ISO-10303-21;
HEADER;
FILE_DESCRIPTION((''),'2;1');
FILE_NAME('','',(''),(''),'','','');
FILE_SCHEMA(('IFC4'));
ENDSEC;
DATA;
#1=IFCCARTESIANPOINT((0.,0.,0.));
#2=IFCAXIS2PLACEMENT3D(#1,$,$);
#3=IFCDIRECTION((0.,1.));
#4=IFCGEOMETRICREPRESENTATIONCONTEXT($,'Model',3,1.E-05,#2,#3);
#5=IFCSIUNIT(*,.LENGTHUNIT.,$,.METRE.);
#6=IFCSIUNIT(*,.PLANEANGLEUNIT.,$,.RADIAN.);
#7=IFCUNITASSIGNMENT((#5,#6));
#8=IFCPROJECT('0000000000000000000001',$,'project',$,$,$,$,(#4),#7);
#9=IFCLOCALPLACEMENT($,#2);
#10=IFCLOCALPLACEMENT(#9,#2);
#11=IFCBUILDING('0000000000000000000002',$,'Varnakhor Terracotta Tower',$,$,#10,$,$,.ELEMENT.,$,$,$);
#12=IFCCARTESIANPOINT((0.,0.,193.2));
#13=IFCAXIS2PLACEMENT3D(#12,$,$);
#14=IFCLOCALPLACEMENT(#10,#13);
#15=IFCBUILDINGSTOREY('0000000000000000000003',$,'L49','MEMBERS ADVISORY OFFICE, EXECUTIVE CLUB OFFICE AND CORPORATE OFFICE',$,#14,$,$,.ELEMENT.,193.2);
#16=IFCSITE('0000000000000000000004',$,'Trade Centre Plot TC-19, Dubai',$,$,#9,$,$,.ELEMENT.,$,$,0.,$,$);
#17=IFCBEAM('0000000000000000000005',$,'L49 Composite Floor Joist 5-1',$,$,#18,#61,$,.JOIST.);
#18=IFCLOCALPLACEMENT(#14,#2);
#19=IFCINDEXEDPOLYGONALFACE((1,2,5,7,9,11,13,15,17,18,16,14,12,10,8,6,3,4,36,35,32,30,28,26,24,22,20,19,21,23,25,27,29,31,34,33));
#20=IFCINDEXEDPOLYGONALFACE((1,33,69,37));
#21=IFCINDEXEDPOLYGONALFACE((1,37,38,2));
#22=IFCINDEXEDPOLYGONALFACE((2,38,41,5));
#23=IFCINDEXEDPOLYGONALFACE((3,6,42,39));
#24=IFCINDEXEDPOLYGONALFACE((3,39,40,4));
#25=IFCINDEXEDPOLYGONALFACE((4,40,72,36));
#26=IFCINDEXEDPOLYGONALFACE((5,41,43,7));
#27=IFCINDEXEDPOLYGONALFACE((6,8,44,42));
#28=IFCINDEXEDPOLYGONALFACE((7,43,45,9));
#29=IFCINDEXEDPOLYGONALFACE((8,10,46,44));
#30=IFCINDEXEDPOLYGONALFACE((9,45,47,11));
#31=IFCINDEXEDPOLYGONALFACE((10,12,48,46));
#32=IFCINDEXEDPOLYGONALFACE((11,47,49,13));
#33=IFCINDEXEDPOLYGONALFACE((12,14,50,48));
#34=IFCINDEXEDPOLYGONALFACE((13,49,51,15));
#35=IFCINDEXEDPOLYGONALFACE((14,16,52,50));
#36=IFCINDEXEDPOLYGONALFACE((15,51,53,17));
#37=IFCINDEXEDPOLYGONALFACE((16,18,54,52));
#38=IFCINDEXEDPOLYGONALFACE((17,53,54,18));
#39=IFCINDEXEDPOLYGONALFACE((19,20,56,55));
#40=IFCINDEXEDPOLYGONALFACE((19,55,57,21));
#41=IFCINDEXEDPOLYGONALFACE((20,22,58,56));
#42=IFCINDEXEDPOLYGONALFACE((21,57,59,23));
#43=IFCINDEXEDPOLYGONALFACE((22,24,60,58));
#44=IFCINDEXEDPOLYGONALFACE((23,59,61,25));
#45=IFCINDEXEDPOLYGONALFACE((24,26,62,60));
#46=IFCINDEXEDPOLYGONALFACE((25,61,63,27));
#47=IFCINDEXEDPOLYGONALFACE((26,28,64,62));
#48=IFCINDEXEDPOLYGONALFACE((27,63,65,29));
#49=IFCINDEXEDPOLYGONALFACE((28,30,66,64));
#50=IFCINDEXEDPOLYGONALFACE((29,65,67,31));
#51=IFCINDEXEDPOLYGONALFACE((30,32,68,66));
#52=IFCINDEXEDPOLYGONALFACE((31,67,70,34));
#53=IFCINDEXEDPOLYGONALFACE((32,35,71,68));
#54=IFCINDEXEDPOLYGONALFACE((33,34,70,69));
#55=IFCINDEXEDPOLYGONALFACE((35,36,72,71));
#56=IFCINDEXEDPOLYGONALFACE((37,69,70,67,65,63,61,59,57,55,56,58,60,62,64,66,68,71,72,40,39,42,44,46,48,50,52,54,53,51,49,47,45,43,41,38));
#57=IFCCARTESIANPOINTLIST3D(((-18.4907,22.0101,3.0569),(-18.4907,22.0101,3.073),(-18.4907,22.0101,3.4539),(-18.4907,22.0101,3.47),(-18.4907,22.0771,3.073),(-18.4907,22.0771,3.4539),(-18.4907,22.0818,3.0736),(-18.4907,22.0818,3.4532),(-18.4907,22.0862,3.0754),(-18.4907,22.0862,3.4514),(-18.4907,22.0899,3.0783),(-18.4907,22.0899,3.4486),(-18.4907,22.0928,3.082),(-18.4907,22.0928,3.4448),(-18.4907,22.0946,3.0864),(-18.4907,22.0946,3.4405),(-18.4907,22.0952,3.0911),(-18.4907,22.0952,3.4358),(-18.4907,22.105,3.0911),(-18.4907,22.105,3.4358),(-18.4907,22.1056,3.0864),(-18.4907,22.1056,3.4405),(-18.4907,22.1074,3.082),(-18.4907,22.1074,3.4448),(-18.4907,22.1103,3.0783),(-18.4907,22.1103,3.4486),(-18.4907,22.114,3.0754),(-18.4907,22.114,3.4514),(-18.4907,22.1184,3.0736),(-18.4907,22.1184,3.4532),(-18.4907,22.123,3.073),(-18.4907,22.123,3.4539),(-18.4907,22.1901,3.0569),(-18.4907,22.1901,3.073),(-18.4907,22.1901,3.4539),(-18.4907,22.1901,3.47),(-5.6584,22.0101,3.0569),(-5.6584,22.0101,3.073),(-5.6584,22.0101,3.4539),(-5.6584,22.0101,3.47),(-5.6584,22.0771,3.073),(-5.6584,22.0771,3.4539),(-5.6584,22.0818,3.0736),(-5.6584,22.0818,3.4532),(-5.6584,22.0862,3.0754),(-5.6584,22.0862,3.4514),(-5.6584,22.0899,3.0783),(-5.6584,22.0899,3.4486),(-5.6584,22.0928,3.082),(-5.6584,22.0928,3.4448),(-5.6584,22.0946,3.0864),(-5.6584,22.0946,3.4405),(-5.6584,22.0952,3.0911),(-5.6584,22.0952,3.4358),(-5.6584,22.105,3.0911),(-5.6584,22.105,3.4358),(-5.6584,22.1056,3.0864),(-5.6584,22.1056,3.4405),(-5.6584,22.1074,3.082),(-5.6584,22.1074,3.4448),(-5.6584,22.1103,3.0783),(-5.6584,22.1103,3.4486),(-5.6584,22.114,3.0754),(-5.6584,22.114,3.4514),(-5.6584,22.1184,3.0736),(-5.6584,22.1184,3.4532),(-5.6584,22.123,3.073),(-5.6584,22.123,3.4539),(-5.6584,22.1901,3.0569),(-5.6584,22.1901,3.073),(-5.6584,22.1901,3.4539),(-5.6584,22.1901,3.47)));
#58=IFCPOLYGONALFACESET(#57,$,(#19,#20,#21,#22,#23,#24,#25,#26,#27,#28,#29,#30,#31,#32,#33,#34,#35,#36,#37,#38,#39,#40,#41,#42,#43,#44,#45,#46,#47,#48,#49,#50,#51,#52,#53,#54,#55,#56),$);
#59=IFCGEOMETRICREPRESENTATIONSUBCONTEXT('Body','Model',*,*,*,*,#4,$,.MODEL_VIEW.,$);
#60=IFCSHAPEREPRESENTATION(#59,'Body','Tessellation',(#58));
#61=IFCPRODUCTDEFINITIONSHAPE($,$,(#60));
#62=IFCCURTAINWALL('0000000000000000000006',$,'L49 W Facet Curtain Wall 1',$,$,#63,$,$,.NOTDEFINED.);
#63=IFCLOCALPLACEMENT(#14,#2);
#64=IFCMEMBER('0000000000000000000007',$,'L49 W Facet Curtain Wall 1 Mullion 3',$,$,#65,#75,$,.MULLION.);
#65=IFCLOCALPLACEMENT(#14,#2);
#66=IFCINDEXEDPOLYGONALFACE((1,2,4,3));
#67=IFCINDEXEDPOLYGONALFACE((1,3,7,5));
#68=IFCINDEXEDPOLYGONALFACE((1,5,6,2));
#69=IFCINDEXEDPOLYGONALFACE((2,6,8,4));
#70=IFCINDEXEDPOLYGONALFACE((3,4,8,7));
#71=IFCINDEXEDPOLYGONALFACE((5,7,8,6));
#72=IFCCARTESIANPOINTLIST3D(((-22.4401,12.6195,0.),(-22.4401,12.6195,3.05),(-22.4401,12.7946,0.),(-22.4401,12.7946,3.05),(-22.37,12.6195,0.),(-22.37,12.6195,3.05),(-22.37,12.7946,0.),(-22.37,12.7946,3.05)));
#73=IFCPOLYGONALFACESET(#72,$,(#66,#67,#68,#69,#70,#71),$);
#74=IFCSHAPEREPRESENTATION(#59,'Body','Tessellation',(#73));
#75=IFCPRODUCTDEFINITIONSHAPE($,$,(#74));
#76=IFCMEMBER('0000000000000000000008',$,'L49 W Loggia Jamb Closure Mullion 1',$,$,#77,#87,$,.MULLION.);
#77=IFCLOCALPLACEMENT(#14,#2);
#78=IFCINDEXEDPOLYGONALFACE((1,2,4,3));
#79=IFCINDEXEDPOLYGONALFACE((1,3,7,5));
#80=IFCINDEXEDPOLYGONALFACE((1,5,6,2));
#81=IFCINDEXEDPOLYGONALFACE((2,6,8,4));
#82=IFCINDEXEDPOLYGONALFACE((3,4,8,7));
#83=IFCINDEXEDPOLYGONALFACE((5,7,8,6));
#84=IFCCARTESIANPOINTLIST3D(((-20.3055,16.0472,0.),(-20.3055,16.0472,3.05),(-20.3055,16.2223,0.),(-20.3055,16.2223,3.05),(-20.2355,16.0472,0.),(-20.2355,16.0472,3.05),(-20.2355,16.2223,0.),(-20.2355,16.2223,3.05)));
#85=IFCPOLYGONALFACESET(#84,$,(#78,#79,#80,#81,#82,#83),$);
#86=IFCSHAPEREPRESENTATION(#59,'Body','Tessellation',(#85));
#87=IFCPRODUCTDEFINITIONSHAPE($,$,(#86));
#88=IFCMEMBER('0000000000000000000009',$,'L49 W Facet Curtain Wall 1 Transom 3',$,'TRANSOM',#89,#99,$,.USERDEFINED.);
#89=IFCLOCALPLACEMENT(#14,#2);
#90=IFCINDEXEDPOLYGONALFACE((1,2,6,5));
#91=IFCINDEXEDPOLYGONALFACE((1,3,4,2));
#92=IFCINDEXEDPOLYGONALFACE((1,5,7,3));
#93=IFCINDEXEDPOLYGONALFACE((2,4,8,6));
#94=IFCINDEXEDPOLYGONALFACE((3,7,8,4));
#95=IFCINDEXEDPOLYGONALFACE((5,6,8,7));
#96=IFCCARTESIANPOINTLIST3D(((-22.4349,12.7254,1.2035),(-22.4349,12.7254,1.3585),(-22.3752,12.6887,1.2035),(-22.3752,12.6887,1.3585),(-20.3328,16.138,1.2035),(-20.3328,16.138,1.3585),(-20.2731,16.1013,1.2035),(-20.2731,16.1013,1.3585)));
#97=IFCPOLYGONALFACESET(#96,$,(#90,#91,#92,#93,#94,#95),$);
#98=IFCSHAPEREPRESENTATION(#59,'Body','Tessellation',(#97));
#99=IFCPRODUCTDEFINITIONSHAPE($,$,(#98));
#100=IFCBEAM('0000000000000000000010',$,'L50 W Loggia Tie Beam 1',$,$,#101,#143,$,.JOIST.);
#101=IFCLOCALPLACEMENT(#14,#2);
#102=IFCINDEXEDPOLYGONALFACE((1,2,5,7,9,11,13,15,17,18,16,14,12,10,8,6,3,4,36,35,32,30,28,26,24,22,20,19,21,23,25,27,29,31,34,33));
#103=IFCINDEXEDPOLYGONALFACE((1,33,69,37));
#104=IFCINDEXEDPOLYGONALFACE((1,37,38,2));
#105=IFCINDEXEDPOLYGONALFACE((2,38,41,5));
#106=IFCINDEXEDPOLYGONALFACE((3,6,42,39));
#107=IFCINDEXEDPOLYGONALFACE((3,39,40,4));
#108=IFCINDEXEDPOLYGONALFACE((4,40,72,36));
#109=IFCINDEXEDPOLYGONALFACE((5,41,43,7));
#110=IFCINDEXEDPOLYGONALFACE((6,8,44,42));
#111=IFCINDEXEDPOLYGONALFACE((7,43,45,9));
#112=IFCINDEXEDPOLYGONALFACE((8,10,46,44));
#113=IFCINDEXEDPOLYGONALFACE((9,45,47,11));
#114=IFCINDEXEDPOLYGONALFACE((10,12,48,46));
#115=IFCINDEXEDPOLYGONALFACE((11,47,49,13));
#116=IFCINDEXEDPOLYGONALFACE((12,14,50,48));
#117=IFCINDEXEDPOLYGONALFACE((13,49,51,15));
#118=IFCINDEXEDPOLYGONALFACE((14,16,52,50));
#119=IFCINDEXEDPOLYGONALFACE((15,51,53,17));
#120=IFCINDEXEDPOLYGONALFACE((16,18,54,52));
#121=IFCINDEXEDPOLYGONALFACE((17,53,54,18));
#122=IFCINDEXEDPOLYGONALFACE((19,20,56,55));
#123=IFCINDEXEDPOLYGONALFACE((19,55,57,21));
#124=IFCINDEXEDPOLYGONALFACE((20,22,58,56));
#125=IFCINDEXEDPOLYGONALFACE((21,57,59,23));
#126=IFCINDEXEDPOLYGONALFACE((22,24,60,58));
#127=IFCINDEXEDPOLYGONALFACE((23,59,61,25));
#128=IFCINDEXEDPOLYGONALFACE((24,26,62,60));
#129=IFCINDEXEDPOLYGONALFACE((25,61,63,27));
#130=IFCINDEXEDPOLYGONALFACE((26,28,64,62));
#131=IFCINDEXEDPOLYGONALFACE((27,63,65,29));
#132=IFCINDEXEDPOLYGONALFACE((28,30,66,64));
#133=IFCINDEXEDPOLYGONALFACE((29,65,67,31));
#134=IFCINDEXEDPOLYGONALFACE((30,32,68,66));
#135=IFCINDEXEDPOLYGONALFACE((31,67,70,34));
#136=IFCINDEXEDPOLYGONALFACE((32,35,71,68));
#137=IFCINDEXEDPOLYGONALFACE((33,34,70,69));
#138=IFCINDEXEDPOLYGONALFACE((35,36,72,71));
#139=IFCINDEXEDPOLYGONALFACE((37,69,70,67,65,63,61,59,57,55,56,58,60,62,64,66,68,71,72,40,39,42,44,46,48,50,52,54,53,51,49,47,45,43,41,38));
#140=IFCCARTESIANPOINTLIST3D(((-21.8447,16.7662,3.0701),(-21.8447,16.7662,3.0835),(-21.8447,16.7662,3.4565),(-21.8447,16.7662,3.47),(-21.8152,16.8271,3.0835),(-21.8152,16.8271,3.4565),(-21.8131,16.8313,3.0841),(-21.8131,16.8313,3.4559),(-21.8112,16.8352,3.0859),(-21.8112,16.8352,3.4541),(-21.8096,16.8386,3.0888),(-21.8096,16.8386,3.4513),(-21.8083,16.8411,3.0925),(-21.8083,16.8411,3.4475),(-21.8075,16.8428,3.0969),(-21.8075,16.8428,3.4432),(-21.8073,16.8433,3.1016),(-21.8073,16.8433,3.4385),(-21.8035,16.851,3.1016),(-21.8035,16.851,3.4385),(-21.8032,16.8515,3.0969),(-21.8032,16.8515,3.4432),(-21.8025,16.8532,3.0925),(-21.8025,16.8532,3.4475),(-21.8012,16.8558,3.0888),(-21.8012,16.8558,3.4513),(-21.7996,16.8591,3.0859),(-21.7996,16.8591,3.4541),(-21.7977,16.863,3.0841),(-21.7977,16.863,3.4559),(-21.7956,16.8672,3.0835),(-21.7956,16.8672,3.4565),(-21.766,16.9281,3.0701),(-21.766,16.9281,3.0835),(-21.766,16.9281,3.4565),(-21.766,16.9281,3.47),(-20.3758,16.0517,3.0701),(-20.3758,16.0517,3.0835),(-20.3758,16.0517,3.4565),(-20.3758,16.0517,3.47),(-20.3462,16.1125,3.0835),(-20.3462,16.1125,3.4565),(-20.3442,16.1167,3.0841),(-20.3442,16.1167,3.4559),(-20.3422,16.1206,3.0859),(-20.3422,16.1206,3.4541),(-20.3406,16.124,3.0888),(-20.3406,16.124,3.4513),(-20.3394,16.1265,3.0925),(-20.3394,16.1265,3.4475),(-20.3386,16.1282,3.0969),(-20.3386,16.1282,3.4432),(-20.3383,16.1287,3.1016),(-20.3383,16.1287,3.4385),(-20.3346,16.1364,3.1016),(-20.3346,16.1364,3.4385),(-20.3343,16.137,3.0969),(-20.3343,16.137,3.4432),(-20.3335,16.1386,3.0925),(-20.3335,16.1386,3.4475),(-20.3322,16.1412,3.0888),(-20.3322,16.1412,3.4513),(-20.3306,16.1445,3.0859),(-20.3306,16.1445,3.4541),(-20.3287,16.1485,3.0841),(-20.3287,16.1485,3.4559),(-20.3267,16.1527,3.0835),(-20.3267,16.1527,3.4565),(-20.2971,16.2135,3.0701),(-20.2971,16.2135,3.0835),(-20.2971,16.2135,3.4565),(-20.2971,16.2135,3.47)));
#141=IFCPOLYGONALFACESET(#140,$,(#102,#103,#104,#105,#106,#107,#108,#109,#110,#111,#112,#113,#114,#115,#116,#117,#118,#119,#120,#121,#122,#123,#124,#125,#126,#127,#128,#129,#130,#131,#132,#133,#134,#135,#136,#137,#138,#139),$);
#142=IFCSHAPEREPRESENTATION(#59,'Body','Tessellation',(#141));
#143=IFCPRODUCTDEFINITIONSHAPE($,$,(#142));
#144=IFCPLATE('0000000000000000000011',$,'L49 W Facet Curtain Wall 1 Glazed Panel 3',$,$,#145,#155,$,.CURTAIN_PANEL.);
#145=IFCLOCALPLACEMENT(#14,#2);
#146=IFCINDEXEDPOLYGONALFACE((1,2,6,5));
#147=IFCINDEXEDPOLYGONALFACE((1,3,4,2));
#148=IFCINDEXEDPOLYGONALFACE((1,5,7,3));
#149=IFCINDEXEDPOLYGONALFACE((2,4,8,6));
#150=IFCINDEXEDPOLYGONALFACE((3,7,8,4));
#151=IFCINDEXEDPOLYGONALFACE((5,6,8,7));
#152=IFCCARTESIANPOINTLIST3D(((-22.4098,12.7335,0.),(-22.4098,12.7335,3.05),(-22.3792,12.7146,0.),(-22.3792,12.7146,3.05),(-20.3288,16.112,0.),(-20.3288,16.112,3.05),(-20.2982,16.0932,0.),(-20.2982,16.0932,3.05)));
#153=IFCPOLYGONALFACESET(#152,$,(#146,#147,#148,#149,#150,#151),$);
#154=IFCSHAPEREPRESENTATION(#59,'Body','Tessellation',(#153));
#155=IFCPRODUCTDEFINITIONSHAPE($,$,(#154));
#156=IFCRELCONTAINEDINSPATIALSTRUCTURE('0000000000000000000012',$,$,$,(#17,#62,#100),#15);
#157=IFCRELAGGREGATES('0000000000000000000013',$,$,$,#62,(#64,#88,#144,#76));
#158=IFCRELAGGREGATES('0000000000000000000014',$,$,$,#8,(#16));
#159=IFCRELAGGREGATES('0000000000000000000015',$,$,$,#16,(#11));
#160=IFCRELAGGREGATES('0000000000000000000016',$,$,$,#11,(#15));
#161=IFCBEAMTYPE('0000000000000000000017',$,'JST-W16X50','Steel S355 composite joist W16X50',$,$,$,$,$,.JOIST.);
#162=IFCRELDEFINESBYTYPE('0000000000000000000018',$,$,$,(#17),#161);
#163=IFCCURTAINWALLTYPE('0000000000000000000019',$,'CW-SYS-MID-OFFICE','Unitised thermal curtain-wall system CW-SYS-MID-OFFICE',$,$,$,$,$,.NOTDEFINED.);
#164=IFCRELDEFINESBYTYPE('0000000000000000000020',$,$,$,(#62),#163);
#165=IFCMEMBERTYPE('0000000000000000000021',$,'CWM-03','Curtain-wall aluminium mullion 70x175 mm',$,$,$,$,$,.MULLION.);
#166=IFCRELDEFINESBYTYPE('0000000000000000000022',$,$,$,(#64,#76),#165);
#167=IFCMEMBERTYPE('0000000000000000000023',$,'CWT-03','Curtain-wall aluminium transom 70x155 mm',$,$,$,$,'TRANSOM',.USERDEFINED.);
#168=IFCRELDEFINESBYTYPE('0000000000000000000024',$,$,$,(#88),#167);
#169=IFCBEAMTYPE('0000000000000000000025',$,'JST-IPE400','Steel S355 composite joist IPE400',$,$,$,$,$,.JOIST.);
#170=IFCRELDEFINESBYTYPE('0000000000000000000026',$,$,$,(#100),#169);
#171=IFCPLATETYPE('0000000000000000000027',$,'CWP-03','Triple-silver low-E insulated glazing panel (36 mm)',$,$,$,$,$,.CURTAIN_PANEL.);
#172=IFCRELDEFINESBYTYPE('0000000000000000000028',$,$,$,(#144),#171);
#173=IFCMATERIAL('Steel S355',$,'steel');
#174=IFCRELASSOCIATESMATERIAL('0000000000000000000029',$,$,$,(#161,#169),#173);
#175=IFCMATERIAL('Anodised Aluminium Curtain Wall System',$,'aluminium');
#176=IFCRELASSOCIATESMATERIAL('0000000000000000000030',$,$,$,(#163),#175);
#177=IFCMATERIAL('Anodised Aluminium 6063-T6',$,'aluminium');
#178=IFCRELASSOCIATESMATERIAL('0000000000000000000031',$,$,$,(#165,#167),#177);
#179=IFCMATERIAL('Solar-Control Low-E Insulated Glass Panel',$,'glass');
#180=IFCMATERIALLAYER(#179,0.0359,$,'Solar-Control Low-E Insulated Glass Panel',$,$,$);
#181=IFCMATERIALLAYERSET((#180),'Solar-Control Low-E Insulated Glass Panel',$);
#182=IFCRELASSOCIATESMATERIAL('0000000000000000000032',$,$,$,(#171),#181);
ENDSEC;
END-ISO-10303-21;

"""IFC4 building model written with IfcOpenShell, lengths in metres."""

from ifc_helpers import new_model, si_unit, direction, frame, origin, origin_2d, place, context, subcontext, project, spatial, rectangle, i_section, extrude, source, transform, mapped, material, layer, layer_set, material_profile, profile_set, type_object, element, aggregate, save


model = new_model("IFC4")

# Units and contexts
model_context = context("Model", 3, precision=1e-05, world=origin(), true_north=direction((0.0, 1.0)))
body_context = subcontext(model_context, "Body", "Model", "MODEL_VIEW")
ifc_project = project(units=[si_unit("LENGTHUNIT", "METRE"), si_unit("PLANEANGLEUNIT", "RADIAN")], contexts=[model_context])

# Site, building, storey
site_placement = place(None, origin())
site = spatial("IfcSite", under=ifc_project, at=site_placement, Name="Trade Centre Plot TC-19, Dubai", CompositionType="ELEMENT", RefElevation=0.0)
building_placement = place(site_placement, origin())
building = spatial("IfcBuilding", under=site, at=building_placement, Name="Varnakhor Terracotta Tower", CompositionType="ELEMENT")
storey_placement = place(building_placement, frame((0.0, 0.0, 193.2)))
storey = spatial("IfcBuildingStorey", under=building, at=storey_placement, Name="L49", Description="MEMBERS ADVISORY OFFICE, EXECUTIVE CLUB OFFICE AND CORPORATE OFFICE", CompositionType="ELEMENT", Elevation=193.2)

# Beam
ifc_material_1 = material(Name="Steel S355", Category="steel")
ifc_material_profile_1 = material_profile(ifc_material_1, i_section(OverallWidth=0.1799, OverallDepth=0.4131, WebThickness=0.0098, FlangeThickness=0.0161, FilletRadius=0.0181, at=origin_2d()), Name="W16X50")
ifc_profile_set_1 = profile_set([ifc_material_profile_1], Name="Steel S355")
beam_type_1 = type_object("IfcBeamType", Name="JST-W16X50", Description="Steel S355 composite joist W16X50", PredefinedType="JOIST", material=ifc_profile_set_1)
shared_shape_1 = source(origin(), body_context, "Body", "SweptSolid", [
    extrude(i_section(OverallWidth=0.1799, OverallDepth=0.4131, WebThickness=0.0098, FlangeThickness=0.0161, FilletRadius=0.0181, at=origin_2d()), origin(), (0.0, 0.0, 1.0), 12.8323),
])
beam_1_placement = place(storey_placement, frame((-18.4907, 22.1001, 3.2634), z_axis=(1.0, 0.0, 0.0), x_axis=(0.0, 1.0, 0.0)))
element("IfcBeam", 1, at=beam_1_placement, inside=storey, type_object=beam_type_1, Name="L49 Composite Floor Joist 5-1", PredefinedType="JOIST", context=body_context, shape_type="MappedRepresentation", body=[
    mapped(shared_shape_1, transform((0.0, 0.0, 0.0), scale=1.0)),
])

# Curtain wall, members
ifc_material_2 = material(Name="Anodised Aluminium Curtain Wall System", Category="aluminium")
curtain_wall_type = type_object("IfcCurtainWallType", Name="CW-SYS-MID-OFFICE", Description="Unitised thermal curtain-wall system CW-SYS-MID-OFFICE", PredefinedType="NOTDEFINED", material=ifc_material_2)
curtain_wall_placement = place(storey_placement, origin())
curtain_wall = element("IfcCurtainWall", 2, at=curtain_wall_placement, inside=storey, type_object=curtain_wall_type, Name="L49 W Facet Curtain Wall 1", PredefinedType="NOTDEFINED")
ifc_material_3 = material(Name="Anodised Aluminium 6063-T6", Category="aluminium")
ifc_material_profile_2 = material_profile(ifc_material_3, rectangle(XDim=0.0701, YDim=0.175, at=origin_2d()), Name="ALU MULLION 70x175")
ifc_profile_set_2 = profile_set([ifc_material_profile_2], Name="Anodised Aluminium 6063-T6")
member_type_1 = type_object("IfcMemberType", Name="CWM-03", Description="Curtain-wall aluminium mullion 70x175 mm", PredefinedType="MULLION", material=ifc_profile_set_2)
shared_shape_2 = source(origin(), body_context, "Body", "SweptSolid", [
    extrude(rectangle(XDim=0.0701, YDim=0.175, at=origin_2d()), origin(), (0.0, 0.0, 1.0), 3.05),
])
member_1_placement = place(storey_placement, frame((-22.405, 12.707, 0.0), z_axis=(0.0, 0.0, 1.0), x_axis=(1.0, 0.0, 0.0)))
member_1 = element("IfcMember", 3, at=member_1_placement, type_object=member_type_1, Name="L49 W Facet Curtain Wall 1 Mullion 3", PredefinedType="MULLION", context=body_context, shape_type="MappedRepresentation", body=[
    mapped(shared_shape_2, transform((0.0, 0.0, 0.0), scale=1.0)),
])
member_2_placement = place(storey_placement, frame((-20.2705, 16.1348, 0.0), z_axis=(0.0, 0.0, 1.0), x_axis=(1.0, 0.0, 0.0)))
member_2 = element("IfcMember", 4, at=member_2_placement, type_object=member_type_1, Name="L49 W Loggia Jamb Closure Mullion 1", PredefinedType="MULLION", context=body_context, shape_type="MappedRepresentation", body=[
    mapped(shared_shape_2, transform((0.0, 0.0, 0.0), scale=1.0)),
])
ifc_material_profile_3 = material_profile(ifc_material_3, rectangle(XDim=0.0701, YDim=0.155, at=origin_2d()), Name="ALU TRANSOM 70x155")
ifc_profile_set_3 = profile_set([ifc_material_profile_3], Name="Anodised Aluminium 6063-T6")
member_type_2 = type_object("IfcMemberType", Name="CWT-03", Description="Curtain-wall aluminium transom 70x155 mm", ElementType="TRANSOM", PredefinedType="USERDEFINED", material=ifc_profile_set_3)
shared_shape_3 = source(origin(), body_context, "Body", "SweptSolid", [
    extrude(rectangle(XDim=0.0701, YDim=0.155, at=origin_2d()), origin(), (0.0, 0.0, 1.0), 4.0081),
])
member_3_placement = place(storey_placement, frame((-22.405, 12.707, 1.281), z_axis=(0.524458, 0.851437, 0.0), x_axis=(-0.851437, 0.524458, 0.0)))
member_3 = element("IfcMember", 5, at=member_3_placement, type_object=member_type_2, Name="L49 W Facet Curtain Wall 1 Transom 3", ObjectType="TRANSOM", PredefinedType="USERDEFINED", context=body_context, shape_type="MappedRepresentation", body=[
    mapped(shared_shape_3, transform((0.0, 0.0, 0.0), scale=1.0)),
])

# Beam
ifc_material_profile_4 = material_profile(ifc_material_1, i_section(OverallWidth=0.1799, OverallDepth=0.3999, WebThickness=0.0085, FlangeThickness=0.0134, FilletRadius=0.0181, at=origin_2d()), Name="IPE400")
ifc_profile_set_4 = profile_set([ifc_material_profile_4], Name="Steel S355")
beam_type_2 = type_object("IfcBeamType", Name="JST-IPE400", Description="Steel S355 composite joist IPE400", PredefinedType="JOIST", material=ifc_profile_set_4)
shared_shape_4 = source(origin(), body_context, "Body", "SweptSolid", [
    extrude(i_section(OverallWidth=0.1799, OverallDepth=0.3999, WebThickness=0.0085, FlangeThickness=0.0134, FilletRadius=0.0181, at=origin_2d()), origin(), (0.0, 0.0, 1.0), 1.6335),
])
beam_2_placement = place(storey_placement, frame((-20.3364, 16.1326, 3.27), z_axis=(-0.899246, 0.437443, 0.0), x_axis=(-0.437443, -0.899246, 0.0)))
element("IfcBeam", 6, at=beam_2_placement, inside=storey, type_object=beam_type_2, Name="L50 W Loggia Tie Beam 1", PredefinedType="JOIST", context=body_context, shape_type="MappedRepresentation", body=[
    mapped(shared_shape_4, transform((0.0, 0.0, 0.0), scale=1.0)),
])

# Plate
ifc_material_4 = material(Name="Solar-Control Low-E Insulated Glass Panel", Category="glass")
ifc_layer_1 = layer(ifc_material_4, 0.0359, Name="Solar-Control Low-E Insulated Glass Panel")
ifc_layer_set_1 = layer_set([ifc_layer_1], Name="Solar-Control Low-E Insulated Glass Panel")
plate_type = type_object("IfcPlateType", Name="CWP-03", Description="Triple-silver low-E insulated glazing panel (36 mm)", PredefinedType="CURTAIN_PANEL", material=ifc_layer_set_1)
shared_shape_5 = source(origin(), body_context, "Body", "SweptSolid", [
    extrude(rectangle(XDim=3.968, YDim=0.0359, at=origin_2d()), origin(), (0.0, 0.0, 1.0), 3.05),
])
plate_placement = place(storey_placement, frame((-21.354, 14.4133, 0.0), z_axis=(0.0, 0.0, 1.0), x_axis=(0.524447, 0.851443, 0.0)))
plate = element("IfcPlate", 7, at=plate_placement, type_object=plate_type, Name="L49 W Facet Curtain Wall 1 Glazed Panel 3", PredefinedType="CURTAIN_PANEL", context=body_context, shape_type="MappedRepresentation", body=[
    mapped(shared_shape_5, transform((0.0, 0.0, 0.0), scale=1.0)),
])
aggregate(curtain_wall, [member_1, member_3, plate, member_2])

save(model, "model.ifc")
